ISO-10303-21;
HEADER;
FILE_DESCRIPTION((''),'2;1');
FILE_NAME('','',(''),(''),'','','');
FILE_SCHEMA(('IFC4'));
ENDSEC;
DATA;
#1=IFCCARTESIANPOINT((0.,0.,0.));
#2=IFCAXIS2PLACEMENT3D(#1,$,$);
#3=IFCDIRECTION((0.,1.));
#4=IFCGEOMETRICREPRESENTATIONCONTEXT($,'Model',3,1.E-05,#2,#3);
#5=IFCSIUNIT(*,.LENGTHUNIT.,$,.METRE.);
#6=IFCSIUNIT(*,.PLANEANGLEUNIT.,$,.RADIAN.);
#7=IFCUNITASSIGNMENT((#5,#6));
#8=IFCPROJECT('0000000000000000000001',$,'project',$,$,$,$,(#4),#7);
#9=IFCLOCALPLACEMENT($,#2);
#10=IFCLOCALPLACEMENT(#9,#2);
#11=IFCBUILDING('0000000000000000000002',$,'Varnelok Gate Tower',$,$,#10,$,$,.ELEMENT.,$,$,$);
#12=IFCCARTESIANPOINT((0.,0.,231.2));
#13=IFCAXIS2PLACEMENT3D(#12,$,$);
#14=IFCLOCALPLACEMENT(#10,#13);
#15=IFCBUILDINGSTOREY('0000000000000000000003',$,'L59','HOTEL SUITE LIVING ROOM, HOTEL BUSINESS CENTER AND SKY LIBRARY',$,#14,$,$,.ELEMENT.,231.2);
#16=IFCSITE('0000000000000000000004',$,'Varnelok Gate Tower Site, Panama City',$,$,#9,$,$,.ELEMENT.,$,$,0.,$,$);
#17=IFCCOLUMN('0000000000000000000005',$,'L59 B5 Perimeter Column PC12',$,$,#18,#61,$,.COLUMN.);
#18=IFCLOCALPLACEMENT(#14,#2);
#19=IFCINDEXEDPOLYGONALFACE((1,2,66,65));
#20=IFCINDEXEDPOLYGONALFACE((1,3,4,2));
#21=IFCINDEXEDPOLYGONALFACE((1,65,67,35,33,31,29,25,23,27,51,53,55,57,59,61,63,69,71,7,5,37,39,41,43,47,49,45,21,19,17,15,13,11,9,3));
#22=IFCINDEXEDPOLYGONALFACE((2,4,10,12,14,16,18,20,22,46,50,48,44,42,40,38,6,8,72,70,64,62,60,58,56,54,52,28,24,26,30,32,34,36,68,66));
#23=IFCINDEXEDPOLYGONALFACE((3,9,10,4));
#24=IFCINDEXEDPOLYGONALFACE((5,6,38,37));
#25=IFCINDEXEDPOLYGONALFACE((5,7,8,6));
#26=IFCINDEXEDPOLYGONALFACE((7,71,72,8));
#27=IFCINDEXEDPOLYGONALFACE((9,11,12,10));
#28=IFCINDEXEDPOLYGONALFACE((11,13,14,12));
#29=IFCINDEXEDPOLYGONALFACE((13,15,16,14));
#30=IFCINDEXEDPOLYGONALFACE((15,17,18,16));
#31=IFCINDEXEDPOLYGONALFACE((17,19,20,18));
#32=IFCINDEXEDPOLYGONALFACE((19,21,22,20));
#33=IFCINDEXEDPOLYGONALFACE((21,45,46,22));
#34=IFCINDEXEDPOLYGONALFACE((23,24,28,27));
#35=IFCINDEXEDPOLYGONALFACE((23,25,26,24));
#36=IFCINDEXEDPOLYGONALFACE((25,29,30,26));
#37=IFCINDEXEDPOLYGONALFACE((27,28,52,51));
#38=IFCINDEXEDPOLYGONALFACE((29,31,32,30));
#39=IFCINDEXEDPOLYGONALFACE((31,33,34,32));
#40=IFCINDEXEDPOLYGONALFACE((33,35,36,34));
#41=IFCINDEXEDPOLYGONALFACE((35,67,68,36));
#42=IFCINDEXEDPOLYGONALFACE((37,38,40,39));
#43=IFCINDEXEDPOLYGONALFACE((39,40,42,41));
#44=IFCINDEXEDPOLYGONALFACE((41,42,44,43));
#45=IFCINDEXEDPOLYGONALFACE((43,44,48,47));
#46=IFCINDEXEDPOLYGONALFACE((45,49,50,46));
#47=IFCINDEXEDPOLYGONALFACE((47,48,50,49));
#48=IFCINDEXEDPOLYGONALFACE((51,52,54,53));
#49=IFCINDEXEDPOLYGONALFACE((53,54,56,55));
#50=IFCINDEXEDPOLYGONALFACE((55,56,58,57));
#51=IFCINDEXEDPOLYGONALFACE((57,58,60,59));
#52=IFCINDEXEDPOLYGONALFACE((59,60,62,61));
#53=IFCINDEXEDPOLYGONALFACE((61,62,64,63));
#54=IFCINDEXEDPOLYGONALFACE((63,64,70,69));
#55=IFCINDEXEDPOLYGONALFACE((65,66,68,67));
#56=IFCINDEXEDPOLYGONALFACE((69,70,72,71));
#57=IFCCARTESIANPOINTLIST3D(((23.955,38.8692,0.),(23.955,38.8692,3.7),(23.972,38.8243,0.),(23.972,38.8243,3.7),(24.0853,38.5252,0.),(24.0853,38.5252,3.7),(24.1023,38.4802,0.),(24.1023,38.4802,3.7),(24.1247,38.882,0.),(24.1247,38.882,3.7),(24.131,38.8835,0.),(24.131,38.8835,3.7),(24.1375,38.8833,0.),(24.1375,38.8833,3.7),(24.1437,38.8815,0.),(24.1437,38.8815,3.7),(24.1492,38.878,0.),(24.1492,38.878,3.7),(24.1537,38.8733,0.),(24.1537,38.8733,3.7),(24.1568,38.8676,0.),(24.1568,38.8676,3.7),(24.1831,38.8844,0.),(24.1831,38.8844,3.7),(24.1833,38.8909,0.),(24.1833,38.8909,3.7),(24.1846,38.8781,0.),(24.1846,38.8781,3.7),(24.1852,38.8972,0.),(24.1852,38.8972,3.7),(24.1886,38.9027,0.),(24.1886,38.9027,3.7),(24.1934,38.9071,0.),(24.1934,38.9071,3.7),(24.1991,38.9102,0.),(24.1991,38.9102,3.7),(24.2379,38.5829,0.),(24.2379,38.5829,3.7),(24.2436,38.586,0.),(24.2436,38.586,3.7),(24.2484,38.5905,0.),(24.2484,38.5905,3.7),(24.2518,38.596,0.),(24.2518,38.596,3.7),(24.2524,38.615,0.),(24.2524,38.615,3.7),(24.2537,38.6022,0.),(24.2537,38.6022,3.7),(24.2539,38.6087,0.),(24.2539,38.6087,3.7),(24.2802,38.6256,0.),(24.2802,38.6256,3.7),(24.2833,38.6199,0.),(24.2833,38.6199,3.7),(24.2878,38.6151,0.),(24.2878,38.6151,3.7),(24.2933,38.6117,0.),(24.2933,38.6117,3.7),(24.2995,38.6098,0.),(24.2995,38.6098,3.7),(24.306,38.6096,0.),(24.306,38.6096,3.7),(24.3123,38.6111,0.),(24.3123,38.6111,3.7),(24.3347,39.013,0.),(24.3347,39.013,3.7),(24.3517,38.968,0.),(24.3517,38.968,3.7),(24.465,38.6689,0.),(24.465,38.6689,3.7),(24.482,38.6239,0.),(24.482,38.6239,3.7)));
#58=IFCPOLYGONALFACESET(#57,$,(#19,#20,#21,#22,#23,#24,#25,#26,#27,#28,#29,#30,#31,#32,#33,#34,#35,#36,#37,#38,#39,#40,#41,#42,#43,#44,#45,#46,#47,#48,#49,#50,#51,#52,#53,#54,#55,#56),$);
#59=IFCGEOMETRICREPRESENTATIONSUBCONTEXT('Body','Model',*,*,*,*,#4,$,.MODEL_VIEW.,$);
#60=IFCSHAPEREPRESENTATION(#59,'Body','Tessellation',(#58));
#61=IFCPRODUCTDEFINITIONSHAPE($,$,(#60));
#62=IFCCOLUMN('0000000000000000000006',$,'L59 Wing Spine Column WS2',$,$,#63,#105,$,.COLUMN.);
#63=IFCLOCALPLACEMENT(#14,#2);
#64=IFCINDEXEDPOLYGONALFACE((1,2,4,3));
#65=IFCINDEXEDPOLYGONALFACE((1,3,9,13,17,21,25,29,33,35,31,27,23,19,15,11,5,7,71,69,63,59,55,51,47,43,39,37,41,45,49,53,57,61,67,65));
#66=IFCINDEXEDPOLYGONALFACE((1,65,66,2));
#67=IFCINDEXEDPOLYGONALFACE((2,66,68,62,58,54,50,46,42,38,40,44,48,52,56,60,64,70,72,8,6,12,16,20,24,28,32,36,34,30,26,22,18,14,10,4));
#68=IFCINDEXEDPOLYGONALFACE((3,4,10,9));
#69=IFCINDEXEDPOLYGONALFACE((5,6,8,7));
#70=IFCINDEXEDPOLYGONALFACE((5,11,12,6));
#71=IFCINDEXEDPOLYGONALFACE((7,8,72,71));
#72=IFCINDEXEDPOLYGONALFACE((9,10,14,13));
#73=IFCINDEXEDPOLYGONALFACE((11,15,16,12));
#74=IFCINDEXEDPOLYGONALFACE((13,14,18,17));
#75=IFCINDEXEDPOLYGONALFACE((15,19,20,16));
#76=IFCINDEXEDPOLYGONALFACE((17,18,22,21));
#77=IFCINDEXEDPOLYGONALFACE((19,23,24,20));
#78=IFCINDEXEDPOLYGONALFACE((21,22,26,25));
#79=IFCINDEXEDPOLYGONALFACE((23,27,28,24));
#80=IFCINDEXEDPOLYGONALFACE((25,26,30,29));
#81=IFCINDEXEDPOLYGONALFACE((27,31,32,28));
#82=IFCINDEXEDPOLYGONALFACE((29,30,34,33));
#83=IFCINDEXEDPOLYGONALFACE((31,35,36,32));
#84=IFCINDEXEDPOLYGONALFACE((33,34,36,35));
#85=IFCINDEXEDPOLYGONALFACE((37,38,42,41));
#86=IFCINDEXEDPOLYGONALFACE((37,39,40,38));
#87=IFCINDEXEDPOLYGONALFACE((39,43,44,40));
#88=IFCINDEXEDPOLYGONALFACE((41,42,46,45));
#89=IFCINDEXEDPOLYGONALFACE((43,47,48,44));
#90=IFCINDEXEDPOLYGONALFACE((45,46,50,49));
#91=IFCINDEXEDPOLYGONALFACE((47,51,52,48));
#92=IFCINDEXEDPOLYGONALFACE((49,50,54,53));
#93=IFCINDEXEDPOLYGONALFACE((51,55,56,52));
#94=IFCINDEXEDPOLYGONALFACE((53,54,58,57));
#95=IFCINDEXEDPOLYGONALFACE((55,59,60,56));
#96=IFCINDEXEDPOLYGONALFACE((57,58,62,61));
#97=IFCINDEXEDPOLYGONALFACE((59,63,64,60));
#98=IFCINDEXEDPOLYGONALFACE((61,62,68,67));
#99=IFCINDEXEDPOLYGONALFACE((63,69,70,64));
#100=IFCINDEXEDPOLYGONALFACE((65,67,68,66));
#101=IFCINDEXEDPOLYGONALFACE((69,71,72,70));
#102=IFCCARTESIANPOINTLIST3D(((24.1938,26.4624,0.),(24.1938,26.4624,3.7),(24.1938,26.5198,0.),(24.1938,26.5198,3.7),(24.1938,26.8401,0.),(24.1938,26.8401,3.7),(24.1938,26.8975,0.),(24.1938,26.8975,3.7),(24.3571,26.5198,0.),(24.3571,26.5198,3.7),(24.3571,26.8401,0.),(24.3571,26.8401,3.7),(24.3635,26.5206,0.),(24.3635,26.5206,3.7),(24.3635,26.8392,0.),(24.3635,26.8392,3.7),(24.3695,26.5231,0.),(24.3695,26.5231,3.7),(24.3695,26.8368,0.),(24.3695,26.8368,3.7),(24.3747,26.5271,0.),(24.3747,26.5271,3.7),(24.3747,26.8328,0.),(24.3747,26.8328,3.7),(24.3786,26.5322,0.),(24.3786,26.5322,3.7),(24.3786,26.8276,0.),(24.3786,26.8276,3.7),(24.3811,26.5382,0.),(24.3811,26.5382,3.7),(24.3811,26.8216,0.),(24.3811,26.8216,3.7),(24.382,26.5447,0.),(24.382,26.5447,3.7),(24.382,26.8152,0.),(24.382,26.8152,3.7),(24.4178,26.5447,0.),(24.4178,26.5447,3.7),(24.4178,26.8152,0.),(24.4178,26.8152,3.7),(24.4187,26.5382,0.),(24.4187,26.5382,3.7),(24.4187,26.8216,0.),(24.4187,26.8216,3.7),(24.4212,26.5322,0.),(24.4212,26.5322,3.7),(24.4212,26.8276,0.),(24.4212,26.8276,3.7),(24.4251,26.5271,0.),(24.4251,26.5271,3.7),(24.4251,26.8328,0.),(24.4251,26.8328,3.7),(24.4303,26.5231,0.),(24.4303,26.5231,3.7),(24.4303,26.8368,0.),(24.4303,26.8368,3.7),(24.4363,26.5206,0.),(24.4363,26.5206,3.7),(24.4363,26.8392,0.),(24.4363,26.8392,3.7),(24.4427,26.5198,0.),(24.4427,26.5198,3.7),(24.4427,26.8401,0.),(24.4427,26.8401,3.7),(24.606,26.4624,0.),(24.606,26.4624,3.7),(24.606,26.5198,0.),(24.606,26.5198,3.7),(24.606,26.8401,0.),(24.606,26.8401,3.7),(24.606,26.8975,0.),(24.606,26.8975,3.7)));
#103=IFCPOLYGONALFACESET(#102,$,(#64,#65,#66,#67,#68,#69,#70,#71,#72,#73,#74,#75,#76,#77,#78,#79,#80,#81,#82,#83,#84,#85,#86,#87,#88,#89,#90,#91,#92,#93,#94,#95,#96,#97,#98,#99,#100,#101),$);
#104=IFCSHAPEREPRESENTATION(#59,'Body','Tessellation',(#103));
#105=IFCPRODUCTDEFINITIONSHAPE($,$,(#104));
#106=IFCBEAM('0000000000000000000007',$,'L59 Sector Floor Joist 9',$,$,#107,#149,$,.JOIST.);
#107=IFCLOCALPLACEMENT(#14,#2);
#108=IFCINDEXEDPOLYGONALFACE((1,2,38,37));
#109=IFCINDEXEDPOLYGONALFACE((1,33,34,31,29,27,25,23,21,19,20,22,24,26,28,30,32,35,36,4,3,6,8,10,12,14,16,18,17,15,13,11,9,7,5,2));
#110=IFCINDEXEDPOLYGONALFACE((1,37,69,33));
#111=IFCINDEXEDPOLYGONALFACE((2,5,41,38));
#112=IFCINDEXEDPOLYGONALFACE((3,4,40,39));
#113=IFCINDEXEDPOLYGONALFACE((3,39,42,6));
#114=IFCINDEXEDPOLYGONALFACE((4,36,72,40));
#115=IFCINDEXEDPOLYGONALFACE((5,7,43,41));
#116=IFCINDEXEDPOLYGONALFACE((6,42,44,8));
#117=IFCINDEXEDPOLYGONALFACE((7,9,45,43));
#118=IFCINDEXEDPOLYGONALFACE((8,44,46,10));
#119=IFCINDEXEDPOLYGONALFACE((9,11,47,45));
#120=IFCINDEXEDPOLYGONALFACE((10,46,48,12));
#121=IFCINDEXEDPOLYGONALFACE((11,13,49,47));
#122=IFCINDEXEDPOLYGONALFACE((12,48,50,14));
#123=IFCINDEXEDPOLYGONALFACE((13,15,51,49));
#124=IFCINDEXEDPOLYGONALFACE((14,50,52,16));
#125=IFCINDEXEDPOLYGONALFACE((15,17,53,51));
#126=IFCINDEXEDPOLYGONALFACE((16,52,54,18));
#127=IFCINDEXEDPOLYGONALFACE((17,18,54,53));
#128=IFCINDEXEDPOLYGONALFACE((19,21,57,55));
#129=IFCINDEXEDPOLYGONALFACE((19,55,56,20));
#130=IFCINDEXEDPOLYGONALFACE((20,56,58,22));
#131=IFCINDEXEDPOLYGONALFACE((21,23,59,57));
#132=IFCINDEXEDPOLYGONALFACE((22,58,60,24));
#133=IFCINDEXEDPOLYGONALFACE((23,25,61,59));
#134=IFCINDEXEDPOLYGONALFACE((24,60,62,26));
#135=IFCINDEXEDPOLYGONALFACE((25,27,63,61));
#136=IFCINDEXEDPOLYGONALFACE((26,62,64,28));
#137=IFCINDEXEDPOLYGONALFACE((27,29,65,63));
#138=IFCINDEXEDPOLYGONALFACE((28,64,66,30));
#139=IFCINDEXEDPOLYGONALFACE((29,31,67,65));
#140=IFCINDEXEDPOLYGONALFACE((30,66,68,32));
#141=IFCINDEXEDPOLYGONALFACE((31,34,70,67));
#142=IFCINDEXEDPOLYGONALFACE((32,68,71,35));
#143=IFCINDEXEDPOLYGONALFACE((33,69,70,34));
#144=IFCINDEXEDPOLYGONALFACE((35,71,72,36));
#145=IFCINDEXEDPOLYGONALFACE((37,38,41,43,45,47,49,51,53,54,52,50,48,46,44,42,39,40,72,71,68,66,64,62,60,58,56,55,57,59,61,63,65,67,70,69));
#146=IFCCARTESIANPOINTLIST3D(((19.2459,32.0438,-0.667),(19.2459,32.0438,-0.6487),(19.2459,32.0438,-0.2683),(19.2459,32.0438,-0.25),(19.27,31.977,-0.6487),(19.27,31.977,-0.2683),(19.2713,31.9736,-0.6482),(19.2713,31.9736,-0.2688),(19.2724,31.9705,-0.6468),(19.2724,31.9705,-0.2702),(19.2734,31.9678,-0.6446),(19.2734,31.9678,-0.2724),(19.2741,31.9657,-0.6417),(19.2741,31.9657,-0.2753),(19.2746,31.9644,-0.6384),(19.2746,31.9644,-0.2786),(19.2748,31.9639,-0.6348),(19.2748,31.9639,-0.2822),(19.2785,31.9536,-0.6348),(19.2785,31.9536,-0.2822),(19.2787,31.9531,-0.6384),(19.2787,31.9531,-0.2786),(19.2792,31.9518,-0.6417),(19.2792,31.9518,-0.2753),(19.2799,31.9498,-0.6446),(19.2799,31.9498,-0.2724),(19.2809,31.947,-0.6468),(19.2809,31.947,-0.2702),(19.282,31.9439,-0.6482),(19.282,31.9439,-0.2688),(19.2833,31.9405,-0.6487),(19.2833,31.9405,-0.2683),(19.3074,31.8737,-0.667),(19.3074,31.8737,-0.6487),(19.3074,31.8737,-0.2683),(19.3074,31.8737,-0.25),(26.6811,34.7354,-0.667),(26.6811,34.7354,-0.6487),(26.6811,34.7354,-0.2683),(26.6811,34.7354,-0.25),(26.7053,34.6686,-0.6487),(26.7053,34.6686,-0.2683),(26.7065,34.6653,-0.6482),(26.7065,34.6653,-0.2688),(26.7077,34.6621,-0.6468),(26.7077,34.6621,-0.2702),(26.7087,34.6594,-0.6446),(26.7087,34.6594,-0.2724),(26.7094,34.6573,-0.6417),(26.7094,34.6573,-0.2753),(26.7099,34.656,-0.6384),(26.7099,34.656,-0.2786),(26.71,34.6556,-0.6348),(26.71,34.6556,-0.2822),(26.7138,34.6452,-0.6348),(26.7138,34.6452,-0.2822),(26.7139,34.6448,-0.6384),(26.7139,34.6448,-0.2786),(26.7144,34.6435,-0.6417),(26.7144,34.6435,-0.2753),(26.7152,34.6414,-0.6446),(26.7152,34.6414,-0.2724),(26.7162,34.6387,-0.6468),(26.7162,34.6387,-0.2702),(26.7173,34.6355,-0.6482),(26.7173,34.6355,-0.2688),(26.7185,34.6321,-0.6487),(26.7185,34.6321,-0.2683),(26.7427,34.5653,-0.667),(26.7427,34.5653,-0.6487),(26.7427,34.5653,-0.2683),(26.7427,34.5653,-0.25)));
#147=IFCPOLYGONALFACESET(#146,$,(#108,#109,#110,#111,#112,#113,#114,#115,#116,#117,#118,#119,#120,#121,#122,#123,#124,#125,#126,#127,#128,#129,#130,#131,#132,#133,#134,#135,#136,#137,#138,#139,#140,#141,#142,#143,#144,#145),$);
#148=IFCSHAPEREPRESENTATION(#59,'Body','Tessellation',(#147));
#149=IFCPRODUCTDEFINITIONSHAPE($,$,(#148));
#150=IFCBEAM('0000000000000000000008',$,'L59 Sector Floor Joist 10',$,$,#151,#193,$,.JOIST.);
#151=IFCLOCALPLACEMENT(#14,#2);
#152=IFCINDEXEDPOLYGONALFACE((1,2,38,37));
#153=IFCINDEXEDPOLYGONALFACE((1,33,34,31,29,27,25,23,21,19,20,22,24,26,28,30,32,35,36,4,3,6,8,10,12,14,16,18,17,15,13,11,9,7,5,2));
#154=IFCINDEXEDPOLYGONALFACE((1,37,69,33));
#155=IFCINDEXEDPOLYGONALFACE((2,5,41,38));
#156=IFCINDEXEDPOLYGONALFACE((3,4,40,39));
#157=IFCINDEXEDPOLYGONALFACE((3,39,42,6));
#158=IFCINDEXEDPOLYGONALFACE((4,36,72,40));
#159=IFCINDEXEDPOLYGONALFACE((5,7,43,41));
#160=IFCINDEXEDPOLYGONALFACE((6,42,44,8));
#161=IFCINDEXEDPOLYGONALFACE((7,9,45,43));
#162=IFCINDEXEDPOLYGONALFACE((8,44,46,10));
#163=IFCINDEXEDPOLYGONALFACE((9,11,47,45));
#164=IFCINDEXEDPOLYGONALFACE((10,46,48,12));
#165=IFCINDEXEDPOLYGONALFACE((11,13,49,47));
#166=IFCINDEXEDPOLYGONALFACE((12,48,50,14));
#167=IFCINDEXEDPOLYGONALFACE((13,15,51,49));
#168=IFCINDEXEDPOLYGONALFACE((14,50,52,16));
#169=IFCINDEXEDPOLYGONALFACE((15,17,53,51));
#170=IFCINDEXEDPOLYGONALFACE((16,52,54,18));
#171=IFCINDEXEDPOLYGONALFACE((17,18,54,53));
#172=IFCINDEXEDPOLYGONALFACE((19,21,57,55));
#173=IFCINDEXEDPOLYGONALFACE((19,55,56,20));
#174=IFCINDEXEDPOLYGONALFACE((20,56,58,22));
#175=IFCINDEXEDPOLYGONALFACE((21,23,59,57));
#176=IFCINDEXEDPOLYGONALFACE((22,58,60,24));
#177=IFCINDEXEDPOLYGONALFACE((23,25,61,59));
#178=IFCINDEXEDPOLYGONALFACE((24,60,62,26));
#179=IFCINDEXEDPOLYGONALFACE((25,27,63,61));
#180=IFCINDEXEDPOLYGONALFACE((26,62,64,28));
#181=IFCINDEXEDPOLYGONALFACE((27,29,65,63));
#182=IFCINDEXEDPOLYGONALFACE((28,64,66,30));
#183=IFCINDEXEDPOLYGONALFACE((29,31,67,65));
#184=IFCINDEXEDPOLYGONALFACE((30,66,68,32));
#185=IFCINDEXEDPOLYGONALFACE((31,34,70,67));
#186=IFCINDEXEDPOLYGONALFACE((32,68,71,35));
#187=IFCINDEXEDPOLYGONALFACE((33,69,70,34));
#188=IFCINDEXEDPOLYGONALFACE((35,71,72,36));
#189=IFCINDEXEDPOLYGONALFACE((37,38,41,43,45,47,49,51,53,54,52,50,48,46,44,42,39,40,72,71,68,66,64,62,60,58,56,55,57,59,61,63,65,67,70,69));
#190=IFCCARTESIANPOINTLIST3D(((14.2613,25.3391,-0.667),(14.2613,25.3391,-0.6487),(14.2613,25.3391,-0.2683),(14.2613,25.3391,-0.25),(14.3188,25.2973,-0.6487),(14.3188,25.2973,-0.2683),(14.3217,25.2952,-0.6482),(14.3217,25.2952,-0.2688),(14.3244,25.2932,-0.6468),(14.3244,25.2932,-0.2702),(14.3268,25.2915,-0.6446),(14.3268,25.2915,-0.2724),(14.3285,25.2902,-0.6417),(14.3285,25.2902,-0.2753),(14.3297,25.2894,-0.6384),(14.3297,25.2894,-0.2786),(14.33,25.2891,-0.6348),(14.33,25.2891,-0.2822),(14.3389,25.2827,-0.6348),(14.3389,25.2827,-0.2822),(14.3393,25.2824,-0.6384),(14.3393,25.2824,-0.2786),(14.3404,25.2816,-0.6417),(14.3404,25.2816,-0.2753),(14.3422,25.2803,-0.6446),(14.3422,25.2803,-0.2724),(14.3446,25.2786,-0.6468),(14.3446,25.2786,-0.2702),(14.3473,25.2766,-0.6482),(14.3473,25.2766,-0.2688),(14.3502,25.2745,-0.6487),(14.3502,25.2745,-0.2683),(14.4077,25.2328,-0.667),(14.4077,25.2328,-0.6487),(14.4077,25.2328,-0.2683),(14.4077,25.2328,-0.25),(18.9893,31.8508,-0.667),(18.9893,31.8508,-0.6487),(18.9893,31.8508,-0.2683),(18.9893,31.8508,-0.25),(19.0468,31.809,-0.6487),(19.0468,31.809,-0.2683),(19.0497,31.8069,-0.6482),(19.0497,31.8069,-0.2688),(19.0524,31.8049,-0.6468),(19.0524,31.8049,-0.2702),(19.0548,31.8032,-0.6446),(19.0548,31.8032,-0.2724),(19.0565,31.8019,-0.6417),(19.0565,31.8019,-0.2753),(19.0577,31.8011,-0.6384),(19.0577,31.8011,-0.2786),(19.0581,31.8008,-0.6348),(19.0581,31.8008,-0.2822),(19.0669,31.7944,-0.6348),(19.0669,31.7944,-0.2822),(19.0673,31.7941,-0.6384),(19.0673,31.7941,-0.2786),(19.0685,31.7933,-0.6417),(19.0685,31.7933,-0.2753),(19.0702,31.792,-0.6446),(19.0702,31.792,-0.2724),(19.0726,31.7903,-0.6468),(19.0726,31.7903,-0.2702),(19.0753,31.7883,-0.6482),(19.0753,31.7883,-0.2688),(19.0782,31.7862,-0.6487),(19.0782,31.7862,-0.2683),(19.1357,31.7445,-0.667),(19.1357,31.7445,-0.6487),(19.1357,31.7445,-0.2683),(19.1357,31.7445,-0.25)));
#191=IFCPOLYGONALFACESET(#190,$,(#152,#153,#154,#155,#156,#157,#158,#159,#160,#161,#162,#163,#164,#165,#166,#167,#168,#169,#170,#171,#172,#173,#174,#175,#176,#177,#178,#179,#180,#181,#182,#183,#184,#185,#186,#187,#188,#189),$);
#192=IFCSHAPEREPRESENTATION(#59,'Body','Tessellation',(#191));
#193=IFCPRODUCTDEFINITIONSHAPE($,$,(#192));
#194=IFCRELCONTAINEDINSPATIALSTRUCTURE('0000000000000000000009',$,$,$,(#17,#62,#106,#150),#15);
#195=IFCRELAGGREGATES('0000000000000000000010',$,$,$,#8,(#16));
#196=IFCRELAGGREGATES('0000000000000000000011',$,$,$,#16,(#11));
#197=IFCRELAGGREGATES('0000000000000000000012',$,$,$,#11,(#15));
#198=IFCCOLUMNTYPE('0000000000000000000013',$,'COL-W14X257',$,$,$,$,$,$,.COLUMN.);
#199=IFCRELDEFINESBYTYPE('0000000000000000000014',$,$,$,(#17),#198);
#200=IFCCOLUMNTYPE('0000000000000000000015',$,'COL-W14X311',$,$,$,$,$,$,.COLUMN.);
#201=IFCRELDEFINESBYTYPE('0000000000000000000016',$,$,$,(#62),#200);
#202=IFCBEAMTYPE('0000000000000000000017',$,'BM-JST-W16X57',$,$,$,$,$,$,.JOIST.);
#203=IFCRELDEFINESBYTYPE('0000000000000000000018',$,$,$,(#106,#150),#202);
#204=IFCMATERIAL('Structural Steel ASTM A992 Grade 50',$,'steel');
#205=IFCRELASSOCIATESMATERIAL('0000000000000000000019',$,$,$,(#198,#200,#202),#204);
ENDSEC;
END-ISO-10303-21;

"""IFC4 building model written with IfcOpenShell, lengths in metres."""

from ifc_helpers import new_model, si_unit, direction, frame, origin, origin_2d, place, context, subcontext, project, spatial, i_section, extrude, material, material_profile, profile_set, type_object, element, save


model = new_model("IFC4")

# Units and contexts
model_context = context("Model", 3, precision=1e-05, world=origin(), true_north=direction((0.0, 1.0)))
body_context = subcontext(model_context, "Body", "Model", "MODEL_VIEW")
ifc_project = project(units=[si_unit("LENGTHUNIT", "METRE"), si_unit("PLANEANGLEUNIT", "RADIAN")], contexts=[model_context])

# Site, building, storey
site_placement = place(None, origin())
site = spatial("IfcSite", under=ifc_project, at=site_placement, Name="Varnelok Gate Tower Site, Panama City", CompositionType="ELEMENT", RefElevation=0.0)
building_placement = place(site_placement, origin())
building = spatial("IfcBuilding", under=site, at=building_placement, Name="Varnelok Gate Tower", CompositionType="ELEMENT")
storey_placement = place(building_placement, frame((0.0, 0.0, 231.2)))
storey = spatial("IfcBuildingStorey", under=building, at=storey_placement, Name="L59", Description="HOTEL SUITE LIVING ROOM, HOTEL BUSINESS CENTER AND SKY LIBRARY", CompositionType="ELEMENT", Elevation=231.2)

# Columns
ifc_material_1 = material(Name="Structural Steel ASTM A992 Grade 50", Category="steel")
ifc_material_profile_1 = material_profile(ifc_material_1, i_section(OverallWidth=0.406, OverallDepth=0.416, WebThickness=0.0298, FlangeThickness=0.0481, FilletRadius=0.0249, at=origin_2d()), Name="W14X257")
ifc_profile_set_1 = profile_set([ifc_material_profile_1], Name="Structural Steel ASTM A992 Grade 50")
column_type_1 = type_object("IfcColumnType", Name="COL-W14X257", PredefinedType="COLUMN", material=ifc_profile_set_1)
column_1_placement = place(storey_placement, frame((24.2185, 38.7466, 0.0), z_axis=(0.0, 0.0, 1.0), x_axis=(0.935222, 0.354063, 0.0)))
element("IfcColumn", 1, at=column_1_placement, inside=storey, type_object=column_type_1, Name="L59 B5 Perimeter Column PC12", PredefinedType="COLUMN", context=body_context, shape_type="SweptSolid", body=[
    extrude(i_section(OverallWidth=0.406, OverallDepth=0.416, WebThickness=0.0298, FlangeThickness=0.0481, FilletRadius=0.0249, at=origin_2d()), origin(), (0.0, 0.0, 1.0), 3.7),
])
ifc_material_profile_2 = material_profile(ifc_material_1, i_section(OverallWidth=0.4121, OverallDepth=0.4351, WebThickness=0.0359, FlangeThickness=0.0574, FilletRadius=0.0249, at=origin_2d()), Name="W14X311")
ifc_profile_set_2 = profile_set([ifc_material_profile_2], Name="Structural Steel ASTM A992 Grade 50")
column_type_2 = type_object("IfcColumnType", Name="COL-W14X311", PredefinedType="COLUMN", material=ifc_profile_set_2)
column_2_placement = place(storey_placement, frame((24.3999, 26.6799, 0.0), z_axis=(0.0, 0.0, 1.0), x_axis=(1.0, 0.0, 0.0)))
element("IfcColumn", 2, at=column_2_placement, inside=storey, type_object=column_type_2, Name="L59 Wing Spine Column WS2", PredefinedType="COLUMN", context=body_context, shape_type="SweptSolid", body=[
    extrude(i_section(OverallWidth=0.4121, OverallDepth=0.4351, WebThickness=0.0359, FlangeThickness=0.0574, FilletRadius=0.0249, at=origin_2d()), origin(), (0.0, 0.0, 1.0), 3.7),
])

# Beams
ifc_material_profile_3 = material_profile(ifc_material_1, i_section(OverallWidth=0.1809, OverallDepth=0.417, WebThickness=0.011, FlangeThickness=0.0183, FilletRadius=0.0139, at=origin_2d()), Name="W16X57")
ifc_profile_set_3 = profile_set([ifc_material_profile_3], Name="Structural Steel ASTM A992 Grade 50")
beam_type_1 = type_object("IfcBeamType", Name="BM-JST-W16X57", PredefinedType="JOIST", material=ifc_profile_set_3)
beam_1_placement = place(storey_placement, frame((26.7119, 34.6504, -0.4585), z_axis=(-0.940284, -0.340392, 0.0), x_axis=(0.340392, -0.940284, 0.0)))
element("IfcBeam", 3, at=beam_1_placement, inside=storey, type_object=beam_type_1, Name="L59 Sector Floor Joist 9", PredefinedType="JOIST", context=body_context, shape_type="SweptSolid", body=[
    extrude(i_section(OverallWidth=0.1809, OverallDepth=0.417, WebThickness=0.011, FlangeThickness=0.0183, FilletRadius=0.0139, at=origin_2d()), origin(), (0.0, 0.0, 1.0), 7.9075),
])
beam_2_placement = place(storey_placement, frame((19.0625, 31.7976, -0.4585), z_axis=(-0.58754, -0.809195, 0.0), x_axis=(0.809195, -0.58754, 0.0)))
element("IfcBeam", 4, at=beam_2_placement, inside=storey, type_object=beam_type_1, Name="L59 Sector Floor Joist 10", PredefinedType="JOIST", context=body_context, shape_type="SweptSolid", body=[
    extrude(i_section(OverallWidth=0.1809, OverallDepth=0.417, WebThickness=0.011, FlangeThickness=0.0183, FilletRadius=0.0139, at=origin_2d()), origin(), (0.0, 0.0, 1.0), 8.0471),
])

save(model, "model.ifc")
